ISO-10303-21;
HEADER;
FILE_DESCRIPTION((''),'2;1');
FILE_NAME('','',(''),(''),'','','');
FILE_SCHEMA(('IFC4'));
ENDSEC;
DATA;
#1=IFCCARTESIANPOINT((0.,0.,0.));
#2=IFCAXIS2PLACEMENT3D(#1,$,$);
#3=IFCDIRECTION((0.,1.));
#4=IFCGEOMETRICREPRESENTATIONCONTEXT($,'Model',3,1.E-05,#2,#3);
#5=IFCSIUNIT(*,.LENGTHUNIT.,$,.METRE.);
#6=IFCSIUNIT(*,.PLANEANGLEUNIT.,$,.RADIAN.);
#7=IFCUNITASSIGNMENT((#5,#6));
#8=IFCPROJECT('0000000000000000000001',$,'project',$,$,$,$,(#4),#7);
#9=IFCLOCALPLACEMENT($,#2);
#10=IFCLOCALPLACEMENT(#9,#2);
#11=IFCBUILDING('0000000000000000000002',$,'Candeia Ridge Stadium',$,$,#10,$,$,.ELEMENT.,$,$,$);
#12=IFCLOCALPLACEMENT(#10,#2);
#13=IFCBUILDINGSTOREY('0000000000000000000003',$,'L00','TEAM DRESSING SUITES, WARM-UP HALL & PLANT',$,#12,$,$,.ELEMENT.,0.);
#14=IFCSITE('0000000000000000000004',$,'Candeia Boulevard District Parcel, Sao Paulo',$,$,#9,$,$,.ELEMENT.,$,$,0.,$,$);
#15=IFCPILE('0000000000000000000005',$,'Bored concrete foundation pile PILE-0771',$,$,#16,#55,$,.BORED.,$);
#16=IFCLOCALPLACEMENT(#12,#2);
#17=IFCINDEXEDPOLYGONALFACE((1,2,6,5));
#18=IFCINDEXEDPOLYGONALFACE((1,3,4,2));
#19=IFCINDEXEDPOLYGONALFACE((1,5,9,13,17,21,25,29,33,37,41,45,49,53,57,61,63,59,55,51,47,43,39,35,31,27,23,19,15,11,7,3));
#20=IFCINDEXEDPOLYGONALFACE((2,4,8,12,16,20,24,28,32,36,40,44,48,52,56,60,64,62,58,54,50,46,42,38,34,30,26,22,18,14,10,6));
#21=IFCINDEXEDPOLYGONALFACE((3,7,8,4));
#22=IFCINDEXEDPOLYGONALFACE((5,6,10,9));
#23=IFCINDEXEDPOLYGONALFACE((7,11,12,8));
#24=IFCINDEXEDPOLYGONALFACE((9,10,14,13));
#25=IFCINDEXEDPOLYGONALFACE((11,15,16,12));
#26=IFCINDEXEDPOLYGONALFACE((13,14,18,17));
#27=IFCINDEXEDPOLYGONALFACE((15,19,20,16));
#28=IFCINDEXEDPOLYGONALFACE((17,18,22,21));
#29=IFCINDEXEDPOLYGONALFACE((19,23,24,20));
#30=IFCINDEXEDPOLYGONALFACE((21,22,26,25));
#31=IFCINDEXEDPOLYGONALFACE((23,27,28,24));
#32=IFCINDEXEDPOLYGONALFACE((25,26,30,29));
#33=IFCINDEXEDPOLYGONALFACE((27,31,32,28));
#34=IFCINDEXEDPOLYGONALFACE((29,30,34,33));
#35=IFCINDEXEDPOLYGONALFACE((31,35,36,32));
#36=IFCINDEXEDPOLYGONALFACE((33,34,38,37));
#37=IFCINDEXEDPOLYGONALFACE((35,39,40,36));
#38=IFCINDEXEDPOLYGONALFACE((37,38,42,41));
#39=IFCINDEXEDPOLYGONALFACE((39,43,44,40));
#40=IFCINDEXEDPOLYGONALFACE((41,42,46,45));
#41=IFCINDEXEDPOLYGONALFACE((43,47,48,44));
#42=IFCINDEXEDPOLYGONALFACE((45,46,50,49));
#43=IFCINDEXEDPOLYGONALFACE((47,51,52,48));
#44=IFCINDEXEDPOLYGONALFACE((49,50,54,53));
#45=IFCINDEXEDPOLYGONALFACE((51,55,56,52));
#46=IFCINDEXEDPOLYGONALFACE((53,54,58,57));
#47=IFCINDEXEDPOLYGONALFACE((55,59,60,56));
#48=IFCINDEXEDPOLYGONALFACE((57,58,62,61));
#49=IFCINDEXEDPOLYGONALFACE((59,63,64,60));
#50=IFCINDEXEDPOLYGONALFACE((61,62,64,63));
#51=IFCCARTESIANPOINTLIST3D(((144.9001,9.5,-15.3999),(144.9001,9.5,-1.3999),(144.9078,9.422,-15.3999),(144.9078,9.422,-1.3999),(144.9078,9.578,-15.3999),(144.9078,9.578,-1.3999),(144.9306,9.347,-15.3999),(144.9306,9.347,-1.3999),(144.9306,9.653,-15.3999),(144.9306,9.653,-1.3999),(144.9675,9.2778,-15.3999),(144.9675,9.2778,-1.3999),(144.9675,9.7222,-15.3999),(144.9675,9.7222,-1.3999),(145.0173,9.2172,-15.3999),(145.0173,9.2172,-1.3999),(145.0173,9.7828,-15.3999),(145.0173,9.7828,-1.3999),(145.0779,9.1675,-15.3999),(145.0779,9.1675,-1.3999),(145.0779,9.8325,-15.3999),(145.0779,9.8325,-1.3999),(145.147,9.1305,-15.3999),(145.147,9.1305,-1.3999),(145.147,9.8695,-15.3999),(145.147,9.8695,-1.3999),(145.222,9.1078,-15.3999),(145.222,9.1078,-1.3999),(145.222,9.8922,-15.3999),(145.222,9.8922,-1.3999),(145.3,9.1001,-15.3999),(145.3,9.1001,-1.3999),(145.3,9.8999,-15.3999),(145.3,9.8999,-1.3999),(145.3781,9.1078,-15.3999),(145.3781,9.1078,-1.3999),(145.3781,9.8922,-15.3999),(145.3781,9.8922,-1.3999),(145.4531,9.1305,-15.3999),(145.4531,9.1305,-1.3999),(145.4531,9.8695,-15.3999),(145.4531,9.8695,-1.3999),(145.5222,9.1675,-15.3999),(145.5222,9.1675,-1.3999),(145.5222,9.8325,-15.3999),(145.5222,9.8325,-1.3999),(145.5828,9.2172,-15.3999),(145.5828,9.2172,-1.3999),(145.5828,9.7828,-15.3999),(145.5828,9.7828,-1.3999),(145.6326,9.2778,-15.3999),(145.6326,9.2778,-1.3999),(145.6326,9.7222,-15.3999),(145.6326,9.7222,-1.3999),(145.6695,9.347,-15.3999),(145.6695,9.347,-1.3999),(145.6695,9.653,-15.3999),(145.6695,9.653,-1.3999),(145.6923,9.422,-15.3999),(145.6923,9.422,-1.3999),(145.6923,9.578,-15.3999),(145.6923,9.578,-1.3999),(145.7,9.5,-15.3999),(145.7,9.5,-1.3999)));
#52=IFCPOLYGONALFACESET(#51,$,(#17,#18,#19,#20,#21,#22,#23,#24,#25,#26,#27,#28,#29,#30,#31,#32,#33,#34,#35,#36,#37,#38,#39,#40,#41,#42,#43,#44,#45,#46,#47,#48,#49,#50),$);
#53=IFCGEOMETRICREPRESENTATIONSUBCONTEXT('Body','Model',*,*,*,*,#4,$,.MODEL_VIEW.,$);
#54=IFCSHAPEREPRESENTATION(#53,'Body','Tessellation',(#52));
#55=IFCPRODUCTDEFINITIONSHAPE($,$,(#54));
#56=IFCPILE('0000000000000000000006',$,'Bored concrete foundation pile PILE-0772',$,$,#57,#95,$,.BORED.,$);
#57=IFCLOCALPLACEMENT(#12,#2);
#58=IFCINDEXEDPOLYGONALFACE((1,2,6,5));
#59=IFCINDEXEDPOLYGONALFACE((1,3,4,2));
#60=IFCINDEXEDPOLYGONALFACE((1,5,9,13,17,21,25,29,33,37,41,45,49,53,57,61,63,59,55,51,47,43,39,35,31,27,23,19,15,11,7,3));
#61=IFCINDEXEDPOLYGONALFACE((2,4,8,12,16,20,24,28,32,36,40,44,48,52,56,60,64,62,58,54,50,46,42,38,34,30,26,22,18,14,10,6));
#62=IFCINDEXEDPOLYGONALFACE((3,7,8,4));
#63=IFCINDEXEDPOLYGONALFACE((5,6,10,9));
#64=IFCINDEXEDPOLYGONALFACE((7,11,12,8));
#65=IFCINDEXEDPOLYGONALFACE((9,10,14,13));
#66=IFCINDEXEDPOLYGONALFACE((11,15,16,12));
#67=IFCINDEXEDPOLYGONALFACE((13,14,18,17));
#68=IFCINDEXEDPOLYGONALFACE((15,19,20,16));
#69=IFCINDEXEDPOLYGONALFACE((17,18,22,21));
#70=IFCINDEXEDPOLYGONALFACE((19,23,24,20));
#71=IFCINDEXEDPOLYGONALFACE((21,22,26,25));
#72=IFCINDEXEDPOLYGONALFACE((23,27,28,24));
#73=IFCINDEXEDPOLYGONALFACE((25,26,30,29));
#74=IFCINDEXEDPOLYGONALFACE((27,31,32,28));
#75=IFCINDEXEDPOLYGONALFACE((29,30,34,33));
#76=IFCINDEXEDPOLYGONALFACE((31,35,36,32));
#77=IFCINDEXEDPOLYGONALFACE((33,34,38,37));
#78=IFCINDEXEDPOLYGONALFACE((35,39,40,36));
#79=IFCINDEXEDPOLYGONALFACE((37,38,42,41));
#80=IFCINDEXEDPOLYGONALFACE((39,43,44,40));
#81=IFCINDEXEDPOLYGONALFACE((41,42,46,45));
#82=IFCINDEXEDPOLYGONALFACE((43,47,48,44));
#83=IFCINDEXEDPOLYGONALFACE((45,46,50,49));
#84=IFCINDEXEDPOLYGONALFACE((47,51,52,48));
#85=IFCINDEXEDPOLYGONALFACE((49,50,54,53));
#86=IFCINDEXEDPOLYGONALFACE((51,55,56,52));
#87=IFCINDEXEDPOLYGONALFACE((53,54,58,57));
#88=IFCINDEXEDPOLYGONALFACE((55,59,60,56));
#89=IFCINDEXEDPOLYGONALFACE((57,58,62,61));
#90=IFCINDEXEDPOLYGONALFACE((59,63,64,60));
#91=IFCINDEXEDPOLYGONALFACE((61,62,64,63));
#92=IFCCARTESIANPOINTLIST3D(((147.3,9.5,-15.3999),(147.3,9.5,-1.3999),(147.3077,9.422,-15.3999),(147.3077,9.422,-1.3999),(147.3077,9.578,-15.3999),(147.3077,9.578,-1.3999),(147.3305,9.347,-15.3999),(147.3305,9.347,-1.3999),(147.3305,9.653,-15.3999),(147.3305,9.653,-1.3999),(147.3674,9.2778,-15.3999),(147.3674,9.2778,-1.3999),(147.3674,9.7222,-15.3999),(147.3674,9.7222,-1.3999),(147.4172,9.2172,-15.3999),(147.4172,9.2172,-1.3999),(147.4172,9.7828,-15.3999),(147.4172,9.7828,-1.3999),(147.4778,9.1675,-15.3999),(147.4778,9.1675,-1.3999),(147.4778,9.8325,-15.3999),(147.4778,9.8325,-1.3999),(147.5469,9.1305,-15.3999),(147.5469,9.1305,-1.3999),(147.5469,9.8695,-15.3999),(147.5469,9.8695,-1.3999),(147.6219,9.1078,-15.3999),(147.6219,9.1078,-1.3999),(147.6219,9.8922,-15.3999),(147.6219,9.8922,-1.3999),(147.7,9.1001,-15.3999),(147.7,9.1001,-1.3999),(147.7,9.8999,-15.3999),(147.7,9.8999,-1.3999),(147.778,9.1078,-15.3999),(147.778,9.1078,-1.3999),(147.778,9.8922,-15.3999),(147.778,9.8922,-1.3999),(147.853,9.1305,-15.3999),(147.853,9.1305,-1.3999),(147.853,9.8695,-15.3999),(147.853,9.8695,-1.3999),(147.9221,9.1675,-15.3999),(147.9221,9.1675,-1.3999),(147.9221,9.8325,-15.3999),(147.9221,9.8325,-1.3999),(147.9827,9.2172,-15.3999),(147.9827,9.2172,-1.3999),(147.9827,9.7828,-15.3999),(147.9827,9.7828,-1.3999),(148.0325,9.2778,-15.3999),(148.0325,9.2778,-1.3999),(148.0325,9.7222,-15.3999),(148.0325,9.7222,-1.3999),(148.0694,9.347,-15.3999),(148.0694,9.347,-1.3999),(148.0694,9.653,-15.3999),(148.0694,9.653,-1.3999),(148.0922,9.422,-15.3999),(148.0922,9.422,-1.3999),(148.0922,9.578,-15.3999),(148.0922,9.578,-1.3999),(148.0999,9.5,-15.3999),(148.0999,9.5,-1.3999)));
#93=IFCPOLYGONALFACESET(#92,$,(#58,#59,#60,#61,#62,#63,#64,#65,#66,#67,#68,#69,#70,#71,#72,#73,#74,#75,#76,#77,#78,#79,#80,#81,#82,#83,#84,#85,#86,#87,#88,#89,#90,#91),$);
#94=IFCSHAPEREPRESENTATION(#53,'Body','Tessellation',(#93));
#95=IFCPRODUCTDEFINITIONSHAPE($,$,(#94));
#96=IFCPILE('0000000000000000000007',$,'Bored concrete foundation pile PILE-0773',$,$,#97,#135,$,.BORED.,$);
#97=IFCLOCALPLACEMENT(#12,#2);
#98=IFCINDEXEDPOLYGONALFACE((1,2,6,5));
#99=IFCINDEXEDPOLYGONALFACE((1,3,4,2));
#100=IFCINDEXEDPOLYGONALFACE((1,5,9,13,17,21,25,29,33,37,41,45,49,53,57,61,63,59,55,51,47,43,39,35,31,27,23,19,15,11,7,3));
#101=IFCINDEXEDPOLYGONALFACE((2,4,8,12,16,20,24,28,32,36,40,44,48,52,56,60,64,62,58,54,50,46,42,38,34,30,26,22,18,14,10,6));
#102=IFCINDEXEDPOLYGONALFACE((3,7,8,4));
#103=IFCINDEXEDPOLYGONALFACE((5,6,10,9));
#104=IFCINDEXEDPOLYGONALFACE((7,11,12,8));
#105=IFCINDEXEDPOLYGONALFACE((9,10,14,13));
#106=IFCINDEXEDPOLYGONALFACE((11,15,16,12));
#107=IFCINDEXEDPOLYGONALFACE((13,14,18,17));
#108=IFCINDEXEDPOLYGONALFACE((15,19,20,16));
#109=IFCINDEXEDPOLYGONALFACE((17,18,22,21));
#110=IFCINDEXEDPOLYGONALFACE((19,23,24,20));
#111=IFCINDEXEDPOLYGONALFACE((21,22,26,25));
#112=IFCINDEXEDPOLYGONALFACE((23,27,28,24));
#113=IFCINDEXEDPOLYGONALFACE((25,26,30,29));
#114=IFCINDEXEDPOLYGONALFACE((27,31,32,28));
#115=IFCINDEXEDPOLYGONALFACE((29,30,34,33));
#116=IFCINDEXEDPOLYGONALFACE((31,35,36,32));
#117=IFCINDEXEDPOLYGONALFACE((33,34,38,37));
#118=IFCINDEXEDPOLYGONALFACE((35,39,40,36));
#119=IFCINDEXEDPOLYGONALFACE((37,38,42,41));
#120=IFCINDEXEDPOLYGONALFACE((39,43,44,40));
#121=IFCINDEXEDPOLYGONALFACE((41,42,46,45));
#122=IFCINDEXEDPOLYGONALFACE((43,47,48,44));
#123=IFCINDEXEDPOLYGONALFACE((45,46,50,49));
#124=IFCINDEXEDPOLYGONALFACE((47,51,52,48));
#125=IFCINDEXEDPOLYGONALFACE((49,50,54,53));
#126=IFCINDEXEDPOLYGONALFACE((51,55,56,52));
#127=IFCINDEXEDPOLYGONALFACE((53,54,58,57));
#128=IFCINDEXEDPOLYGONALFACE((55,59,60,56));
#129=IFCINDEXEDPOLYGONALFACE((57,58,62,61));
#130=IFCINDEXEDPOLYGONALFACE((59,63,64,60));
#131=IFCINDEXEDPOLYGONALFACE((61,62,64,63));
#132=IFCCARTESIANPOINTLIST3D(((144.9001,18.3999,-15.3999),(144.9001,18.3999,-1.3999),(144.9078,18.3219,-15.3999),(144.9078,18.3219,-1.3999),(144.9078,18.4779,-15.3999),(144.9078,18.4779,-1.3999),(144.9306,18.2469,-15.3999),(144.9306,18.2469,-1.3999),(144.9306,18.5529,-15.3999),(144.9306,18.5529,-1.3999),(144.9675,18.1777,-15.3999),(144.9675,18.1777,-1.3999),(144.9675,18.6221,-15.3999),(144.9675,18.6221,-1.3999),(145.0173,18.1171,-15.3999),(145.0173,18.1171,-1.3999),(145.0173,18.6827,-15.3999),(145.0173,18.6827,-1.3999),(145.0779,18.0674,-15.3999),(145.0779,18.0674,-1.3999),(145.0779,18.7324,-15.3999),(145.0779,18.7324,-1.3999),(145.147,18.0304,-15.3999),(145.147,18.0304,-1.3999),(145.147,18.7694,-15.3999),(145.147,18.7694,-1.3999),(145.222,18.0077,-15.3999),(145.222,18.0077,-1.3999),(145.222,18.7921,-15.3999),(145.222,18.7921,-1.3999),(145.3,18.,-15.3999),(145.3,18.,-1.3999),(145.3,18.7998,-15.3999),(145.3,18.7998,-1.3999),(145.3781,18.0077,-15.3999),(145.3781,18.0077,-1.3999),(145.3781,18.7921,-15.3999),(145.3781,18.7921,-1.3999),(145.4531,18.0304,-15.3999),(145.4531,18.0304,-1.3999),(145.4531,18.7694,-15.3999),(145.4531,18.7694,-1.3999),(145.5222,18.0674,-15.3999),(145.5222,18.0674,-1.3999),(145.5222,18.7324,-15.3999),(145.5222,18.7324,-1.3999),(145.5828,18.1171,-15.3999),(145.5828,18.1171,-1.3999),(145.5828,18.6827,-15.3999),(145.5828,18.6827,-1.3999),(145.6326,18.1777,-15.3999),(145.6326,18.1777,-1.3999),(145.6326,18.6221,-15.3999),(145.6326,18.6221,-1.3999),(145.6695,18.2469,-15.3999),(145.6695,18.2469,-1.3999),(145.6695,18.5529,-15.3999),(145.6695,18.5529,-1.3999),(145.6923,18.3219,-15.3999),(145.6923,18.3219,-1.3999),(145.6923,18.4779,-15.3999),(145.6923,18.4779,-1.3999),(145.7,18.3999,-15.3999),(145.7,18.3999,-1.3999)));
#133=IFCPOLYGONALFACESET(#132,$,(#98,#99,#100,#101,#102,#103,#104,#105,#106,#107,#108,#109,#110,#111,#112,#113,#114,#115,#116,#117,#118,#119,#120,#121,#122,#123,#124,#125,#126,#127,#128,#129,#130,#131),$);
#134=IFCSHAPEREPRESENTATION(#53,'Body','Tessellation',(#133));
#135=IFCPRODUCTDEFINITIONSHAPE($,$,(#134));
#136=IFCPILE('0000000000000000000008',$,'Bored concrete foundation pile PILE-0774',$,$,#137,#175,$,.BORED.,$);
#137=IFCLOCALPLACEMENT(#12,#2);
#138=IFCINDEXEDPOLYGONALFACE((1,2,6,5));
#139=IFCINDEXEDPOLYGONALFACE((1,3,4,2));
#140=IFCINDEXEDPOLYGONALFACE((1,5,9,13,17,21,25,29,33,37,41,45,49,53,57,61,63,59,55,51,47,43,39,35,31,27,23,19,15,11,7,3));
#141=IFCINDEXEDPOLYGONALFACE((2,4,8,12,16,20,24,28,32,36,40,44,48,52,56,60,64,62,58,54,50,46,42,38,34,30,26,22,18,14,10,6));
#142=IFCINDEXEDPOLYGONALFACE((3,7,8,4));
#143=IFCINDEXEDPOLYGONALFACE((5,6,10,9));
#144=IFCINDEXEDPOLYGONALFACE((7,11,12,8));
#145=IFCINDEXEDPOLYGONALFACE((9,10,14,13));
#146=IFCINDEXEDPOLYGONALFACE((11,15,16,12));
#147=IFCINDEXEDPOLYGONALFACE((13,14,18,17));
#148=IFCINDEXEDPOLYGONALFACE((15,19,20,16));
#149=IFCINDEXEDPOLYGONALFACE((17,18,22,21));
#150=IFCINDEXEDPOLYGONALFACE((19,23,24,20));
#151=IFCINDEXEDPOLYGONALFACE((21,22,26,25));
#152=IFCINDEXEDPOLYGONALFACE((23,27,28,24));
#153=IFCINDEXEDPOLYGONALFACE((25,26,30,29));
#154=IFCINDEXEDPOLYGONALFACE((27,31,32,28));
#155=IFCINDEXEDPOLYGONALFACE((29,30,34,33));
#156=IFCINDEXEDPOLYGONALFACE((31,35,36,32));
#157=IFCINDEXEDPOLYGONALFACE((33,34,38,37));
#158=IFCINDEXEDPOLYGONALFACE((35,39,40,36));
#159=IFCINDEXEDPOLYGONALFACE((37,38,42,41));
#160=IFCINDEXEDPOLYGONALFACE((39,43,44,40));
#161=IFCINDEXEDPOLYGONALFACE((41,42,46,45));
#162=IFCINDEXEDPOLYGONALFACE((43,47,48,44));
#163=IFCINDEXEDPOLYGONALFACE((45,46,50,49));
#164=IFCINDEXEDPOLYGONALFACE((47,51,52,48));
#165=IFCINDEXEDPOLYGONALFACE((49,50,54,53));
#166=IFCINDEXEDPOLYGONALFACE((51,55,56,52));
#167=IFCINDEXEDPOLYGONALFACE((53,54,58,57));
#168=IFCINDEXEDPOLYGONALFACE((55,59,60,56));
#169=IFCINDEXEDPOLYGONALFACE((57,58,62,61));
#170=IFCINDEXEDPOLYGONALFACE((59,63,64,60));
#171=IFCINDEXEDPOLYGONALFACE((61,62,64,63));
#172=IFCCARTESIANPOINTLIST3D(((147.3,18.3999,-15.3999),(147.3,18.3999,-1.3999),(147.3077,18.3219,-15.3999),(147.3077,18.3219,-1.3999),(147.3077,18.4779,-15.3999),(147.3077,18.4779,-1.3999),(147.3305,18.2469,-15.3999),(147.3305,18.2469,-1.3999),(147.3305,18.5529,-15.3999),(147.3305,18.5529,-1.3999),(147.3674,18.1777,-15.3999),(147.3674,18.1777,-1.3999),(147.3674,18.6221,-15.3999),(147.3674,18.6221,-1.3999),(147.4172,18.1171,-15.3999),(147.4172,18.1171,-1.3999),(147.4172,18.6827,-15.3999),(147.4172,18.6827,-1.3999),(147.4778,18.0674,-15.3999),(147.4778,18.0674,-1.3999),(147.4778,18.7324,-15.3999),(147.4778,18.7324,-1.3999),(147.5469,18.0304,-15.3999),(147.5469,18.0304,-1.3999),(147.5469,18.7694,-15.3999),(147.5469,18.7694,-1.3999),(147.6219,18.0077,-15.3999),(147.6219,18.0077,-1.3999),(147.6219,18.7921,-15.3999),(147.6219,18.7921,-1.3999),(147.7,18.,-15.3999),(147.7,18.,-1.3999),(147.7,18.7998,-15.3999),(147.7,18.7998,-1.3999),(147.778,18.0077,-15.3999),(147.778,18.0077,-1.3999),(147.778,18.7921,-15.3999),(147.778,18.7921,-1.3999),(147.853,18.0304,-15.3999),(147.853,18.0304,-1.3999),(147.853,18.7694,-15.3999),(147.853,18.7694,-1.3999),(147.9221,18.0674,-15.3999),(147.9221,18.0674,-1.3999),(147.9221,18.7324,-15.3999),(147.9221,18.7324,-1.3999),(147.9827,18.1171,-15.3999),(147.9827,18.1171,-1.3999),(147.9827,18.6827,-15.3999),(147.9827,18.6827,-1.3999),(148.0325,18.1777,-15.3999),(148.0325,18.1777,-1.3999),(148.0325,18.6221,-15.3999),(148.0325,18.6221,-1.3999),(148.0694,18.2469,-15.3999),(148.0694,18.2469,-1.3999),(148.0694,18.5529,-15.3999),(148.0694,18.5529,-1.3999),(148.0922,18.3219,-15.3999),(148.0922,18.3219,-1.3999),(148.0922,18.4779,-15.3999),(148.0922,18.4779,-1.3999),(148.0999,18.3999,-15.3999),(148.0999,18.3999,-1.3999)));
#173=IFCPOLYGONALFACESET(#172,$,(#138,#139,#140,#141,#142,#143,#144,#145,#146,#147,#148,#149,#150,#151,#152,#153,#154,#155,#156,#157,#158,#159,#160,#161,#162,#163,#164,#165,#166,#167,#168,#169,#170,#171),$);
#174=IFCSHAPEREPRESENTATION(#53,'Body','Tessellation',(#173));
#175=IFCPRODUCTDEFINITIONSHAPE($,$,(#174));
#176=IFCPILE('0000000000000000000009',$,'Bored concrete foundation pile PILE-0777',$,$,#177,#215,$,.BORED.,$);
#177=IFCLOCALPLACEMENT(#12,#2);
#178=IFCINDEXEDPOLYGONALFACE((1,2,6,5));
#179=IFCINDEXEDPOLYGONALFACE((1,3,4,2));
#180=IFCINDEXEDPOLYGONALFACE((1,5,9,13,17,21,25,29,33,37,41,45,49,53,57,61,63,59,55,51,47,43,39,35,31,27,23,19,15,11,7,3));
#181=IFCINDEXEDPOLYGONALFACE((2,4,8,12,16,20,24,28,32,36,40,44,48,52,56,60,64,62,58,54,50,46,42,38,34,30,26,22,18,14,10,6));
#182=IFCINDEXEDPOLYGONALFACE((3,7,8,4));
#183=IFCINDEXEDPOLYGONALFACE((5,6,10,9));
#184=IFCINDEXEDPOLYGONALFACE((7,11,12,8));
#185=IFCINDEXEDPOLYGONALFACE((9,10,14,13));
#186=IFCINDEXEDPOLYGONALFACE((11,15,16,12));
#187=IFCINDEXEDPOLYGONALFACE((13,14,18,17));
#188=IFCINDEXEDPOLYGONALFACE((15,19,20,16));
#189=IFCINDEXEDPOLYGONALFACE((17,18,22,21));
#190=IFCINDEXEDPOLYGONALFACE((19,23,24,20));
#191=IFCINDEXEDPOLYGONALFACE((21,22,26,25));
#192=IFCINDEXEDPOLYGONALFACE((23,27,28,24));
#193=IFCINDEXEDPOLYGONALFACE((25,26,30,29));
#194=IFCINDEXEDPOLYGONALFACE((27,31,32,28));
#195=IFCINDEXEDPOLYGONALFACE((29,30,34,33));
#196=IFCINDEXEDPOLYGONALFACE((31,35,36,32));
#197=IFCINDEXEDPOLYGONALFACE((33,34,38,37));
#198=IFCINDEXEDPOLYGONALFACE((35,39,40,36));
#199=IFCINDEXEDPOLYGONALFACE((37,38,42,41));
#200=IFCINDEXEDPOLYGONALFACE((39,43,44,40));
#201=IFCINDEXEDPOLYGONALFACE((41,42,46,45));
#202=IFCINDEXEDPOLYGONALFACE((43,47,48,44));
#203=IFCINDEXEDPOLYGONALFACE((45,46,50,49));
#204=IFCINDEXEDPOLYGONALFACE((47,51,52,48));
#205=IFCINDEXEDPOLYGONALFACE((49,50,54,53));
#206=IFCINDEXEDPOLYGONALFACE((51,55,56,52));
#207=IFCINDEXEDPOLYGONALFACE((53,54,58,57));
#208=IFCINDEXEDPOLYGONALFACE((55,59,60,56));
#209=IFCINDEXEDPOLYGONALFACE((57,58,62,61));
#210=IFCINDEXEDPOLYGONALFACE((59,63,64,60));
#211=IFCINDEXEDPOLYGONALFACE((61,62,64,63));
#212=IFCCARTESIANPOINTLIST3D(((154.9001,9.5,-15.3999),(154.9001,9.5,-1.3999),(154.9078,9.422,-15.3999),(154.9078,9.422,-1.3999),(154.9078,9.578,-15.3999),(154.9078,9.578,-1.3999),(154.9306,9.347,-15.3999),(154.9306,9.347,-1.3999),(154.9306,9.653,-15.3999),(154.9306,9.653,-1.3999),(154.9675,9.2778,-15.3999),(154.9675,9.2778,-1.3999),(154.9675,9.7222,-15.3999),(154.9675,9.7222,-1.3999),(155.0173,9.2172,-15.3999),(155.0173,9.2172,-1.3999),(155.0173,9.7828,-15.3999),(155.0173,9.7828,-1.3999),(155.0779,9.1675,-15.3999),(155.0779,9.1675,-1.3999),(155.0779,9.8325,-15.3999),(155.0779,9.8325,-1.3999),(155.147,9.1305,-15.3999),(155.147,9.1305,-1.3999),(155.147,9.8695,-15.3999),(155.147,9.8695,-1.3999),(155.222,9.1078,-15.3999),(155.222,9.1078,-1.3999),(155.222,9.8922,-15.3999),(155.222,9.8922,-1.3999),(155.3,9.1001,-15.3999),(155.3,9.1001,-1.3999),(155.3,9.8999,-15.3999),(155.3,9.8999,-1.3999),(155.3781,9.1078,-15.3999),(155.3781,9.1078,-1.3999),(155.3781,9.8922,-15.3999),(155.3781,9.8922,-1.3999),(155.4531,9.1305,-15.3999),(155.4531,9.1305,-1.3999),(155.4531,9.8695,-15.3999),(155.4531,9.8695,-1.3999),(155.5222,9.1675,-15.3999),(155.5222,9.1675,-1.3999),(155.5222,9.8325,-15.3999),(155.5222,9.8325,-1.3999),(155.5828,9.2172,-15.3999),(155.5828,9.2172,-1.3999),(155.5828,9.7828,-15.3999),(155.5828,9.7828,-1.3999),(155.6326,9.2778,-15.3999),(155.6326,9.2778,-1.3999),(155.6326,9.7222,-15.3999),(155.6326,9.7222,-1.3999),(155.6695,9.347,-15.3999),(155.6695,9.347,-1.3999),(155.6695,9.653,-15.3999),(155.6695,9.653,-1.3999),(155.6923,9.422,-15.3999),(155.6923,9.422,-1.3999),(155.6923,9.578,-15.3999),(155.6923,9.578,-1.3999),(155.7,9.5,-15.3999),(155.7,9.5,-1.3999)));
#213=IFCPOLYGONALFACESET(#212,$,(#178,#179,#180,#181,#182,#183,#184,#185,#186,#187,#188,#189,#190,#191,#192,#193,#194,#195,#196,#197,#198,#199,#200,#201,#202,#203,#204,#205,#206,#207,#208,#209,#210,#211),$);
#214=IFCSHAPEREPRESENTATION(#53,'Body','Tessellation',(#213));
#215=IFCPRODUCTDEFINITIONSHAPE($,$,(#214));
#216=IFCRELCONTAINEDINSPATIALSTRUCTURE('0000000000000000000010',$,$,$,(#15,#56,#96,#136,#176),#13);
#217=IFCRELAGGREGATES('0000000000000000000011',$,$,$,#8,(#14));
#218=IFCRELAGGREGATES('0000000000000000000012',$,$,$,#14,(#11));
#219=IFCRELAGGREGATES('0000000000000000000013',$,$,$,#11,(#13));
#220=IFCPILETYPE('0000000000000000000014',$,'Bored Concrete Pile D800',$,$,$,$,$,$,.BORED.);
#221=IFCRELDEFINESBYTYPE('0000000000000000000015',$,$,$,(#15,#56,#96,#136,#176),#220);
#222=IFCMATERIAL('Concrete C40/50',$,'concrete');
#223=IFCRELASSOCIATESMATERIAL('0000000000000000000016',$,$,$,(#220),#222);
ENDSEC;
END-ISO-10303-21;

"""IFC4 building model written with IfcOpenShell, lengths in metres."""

from ifc_helpers import new_model, si_unit, direction, frame, origin, origin_2d, place, context, subcontext, project, spatial, circle, extrude, material, material_profile, profile_set, type_object, element, save


model = new_model("IFC4")

# Units and contexts
model_context = context("Model", 3, precision=1e-05, world=origin(), true_north=direction((0.0, 1.0)))
body_context = subcontext(model_context, "Body", "Model", "MODEL_VIEW")
ifc_project = project(units=[si_unit("LENGTHUNIT", "METRE"), si_unit("PLANEANGLEUNIT", "RADIAN")], contexts=[model_context])

# Site, building, storey
site_placement = place(None, origin())
site = spatial("IfcSite", under=ifc_project, at=site_placement, Name="Candeia Boulevard District Parcel, Sao Paulo", CompositionType="ELEMENT", RefElevation=0.0)
building_placement = place(site_placement, origin())
building = spatial("IfcBuilding", under=site, at=building_placement, Name="Candeia Ridge Stadium", CompositionType="ELEMENT")
storey_placement = place(building_placement, origin())
storey = spatial("IfcBuildingStorey", under=building, at=storey_placement, Name="L00", Description="TEAM DRESSING SUITES, WARM-UP HALL & PLANT", CompositionType="ELEMENT", Elevation=0.0)

# Piles
ifc_material_1 = material(Name="Concrete C40/50", Category="concrete")
ifc_material_profile_1 = material_profile(ifc_material_1, circle(Radius=0.3999, at=origin_2d()), Name="PILE-D800", Category="concrete")
ifc_profile_set_1 = profile_set([ifc_material_profile_1], Name="Concrete C40/50")
pile_type_1 = type_object("IfcPileType", Name="Bored Concrete Pile D800", PredefinedType="BORED", material=ifc_profile_set_1)
for number, where, z_axis, x_axis, name in (
    (1, (145.3, 9.5, -1.3999), (0.0, 0.0, -1.0), (1.0, 0.0, 0.0), "Bored concrete foundation pile PILE-0771"),
    (2, (147.7, 9.5, -1.3999), (0.0, 0.0, -1.0), (1.0, 0.0, 0.0), "Bored concrete foundation pile PILE-0772"),
    (3, (145.3, 18.3999, -1.3999), (0.0, 0.0, -1.0), (1.0, 0.0, 0.0), "Bored concrete foundation pile PILE-0773"),
    (4, (147.7, 18.3999, -1.3999), (0.0, 0.0, -1.0), (1.0, 0.0, 0.0), "Bored concrete foundation pile PILE-0774"),
    (5, (155.3, 9.5, -1.3999), (0.0, 0.0, -1.0), (1.0, 0.0, 0.0), "Bored concrete foundation pile PILE-0777"),
):
    element("IfcPile", number, at=place(storey_placement, frame(where, z_axis=z_axis, x_axis=x_axis)), inside=storey, type_object=pile_type_1, Name=name, PredefinedType="BORED", context=body_context, shape_type="SweptSolid", body=[
        extrude(circle(Radius=0.3999, at=origin_2d()), origin(), (0.0, 0.0, 1.0), 14.0),
    ])

save(model, "model.ifc")
